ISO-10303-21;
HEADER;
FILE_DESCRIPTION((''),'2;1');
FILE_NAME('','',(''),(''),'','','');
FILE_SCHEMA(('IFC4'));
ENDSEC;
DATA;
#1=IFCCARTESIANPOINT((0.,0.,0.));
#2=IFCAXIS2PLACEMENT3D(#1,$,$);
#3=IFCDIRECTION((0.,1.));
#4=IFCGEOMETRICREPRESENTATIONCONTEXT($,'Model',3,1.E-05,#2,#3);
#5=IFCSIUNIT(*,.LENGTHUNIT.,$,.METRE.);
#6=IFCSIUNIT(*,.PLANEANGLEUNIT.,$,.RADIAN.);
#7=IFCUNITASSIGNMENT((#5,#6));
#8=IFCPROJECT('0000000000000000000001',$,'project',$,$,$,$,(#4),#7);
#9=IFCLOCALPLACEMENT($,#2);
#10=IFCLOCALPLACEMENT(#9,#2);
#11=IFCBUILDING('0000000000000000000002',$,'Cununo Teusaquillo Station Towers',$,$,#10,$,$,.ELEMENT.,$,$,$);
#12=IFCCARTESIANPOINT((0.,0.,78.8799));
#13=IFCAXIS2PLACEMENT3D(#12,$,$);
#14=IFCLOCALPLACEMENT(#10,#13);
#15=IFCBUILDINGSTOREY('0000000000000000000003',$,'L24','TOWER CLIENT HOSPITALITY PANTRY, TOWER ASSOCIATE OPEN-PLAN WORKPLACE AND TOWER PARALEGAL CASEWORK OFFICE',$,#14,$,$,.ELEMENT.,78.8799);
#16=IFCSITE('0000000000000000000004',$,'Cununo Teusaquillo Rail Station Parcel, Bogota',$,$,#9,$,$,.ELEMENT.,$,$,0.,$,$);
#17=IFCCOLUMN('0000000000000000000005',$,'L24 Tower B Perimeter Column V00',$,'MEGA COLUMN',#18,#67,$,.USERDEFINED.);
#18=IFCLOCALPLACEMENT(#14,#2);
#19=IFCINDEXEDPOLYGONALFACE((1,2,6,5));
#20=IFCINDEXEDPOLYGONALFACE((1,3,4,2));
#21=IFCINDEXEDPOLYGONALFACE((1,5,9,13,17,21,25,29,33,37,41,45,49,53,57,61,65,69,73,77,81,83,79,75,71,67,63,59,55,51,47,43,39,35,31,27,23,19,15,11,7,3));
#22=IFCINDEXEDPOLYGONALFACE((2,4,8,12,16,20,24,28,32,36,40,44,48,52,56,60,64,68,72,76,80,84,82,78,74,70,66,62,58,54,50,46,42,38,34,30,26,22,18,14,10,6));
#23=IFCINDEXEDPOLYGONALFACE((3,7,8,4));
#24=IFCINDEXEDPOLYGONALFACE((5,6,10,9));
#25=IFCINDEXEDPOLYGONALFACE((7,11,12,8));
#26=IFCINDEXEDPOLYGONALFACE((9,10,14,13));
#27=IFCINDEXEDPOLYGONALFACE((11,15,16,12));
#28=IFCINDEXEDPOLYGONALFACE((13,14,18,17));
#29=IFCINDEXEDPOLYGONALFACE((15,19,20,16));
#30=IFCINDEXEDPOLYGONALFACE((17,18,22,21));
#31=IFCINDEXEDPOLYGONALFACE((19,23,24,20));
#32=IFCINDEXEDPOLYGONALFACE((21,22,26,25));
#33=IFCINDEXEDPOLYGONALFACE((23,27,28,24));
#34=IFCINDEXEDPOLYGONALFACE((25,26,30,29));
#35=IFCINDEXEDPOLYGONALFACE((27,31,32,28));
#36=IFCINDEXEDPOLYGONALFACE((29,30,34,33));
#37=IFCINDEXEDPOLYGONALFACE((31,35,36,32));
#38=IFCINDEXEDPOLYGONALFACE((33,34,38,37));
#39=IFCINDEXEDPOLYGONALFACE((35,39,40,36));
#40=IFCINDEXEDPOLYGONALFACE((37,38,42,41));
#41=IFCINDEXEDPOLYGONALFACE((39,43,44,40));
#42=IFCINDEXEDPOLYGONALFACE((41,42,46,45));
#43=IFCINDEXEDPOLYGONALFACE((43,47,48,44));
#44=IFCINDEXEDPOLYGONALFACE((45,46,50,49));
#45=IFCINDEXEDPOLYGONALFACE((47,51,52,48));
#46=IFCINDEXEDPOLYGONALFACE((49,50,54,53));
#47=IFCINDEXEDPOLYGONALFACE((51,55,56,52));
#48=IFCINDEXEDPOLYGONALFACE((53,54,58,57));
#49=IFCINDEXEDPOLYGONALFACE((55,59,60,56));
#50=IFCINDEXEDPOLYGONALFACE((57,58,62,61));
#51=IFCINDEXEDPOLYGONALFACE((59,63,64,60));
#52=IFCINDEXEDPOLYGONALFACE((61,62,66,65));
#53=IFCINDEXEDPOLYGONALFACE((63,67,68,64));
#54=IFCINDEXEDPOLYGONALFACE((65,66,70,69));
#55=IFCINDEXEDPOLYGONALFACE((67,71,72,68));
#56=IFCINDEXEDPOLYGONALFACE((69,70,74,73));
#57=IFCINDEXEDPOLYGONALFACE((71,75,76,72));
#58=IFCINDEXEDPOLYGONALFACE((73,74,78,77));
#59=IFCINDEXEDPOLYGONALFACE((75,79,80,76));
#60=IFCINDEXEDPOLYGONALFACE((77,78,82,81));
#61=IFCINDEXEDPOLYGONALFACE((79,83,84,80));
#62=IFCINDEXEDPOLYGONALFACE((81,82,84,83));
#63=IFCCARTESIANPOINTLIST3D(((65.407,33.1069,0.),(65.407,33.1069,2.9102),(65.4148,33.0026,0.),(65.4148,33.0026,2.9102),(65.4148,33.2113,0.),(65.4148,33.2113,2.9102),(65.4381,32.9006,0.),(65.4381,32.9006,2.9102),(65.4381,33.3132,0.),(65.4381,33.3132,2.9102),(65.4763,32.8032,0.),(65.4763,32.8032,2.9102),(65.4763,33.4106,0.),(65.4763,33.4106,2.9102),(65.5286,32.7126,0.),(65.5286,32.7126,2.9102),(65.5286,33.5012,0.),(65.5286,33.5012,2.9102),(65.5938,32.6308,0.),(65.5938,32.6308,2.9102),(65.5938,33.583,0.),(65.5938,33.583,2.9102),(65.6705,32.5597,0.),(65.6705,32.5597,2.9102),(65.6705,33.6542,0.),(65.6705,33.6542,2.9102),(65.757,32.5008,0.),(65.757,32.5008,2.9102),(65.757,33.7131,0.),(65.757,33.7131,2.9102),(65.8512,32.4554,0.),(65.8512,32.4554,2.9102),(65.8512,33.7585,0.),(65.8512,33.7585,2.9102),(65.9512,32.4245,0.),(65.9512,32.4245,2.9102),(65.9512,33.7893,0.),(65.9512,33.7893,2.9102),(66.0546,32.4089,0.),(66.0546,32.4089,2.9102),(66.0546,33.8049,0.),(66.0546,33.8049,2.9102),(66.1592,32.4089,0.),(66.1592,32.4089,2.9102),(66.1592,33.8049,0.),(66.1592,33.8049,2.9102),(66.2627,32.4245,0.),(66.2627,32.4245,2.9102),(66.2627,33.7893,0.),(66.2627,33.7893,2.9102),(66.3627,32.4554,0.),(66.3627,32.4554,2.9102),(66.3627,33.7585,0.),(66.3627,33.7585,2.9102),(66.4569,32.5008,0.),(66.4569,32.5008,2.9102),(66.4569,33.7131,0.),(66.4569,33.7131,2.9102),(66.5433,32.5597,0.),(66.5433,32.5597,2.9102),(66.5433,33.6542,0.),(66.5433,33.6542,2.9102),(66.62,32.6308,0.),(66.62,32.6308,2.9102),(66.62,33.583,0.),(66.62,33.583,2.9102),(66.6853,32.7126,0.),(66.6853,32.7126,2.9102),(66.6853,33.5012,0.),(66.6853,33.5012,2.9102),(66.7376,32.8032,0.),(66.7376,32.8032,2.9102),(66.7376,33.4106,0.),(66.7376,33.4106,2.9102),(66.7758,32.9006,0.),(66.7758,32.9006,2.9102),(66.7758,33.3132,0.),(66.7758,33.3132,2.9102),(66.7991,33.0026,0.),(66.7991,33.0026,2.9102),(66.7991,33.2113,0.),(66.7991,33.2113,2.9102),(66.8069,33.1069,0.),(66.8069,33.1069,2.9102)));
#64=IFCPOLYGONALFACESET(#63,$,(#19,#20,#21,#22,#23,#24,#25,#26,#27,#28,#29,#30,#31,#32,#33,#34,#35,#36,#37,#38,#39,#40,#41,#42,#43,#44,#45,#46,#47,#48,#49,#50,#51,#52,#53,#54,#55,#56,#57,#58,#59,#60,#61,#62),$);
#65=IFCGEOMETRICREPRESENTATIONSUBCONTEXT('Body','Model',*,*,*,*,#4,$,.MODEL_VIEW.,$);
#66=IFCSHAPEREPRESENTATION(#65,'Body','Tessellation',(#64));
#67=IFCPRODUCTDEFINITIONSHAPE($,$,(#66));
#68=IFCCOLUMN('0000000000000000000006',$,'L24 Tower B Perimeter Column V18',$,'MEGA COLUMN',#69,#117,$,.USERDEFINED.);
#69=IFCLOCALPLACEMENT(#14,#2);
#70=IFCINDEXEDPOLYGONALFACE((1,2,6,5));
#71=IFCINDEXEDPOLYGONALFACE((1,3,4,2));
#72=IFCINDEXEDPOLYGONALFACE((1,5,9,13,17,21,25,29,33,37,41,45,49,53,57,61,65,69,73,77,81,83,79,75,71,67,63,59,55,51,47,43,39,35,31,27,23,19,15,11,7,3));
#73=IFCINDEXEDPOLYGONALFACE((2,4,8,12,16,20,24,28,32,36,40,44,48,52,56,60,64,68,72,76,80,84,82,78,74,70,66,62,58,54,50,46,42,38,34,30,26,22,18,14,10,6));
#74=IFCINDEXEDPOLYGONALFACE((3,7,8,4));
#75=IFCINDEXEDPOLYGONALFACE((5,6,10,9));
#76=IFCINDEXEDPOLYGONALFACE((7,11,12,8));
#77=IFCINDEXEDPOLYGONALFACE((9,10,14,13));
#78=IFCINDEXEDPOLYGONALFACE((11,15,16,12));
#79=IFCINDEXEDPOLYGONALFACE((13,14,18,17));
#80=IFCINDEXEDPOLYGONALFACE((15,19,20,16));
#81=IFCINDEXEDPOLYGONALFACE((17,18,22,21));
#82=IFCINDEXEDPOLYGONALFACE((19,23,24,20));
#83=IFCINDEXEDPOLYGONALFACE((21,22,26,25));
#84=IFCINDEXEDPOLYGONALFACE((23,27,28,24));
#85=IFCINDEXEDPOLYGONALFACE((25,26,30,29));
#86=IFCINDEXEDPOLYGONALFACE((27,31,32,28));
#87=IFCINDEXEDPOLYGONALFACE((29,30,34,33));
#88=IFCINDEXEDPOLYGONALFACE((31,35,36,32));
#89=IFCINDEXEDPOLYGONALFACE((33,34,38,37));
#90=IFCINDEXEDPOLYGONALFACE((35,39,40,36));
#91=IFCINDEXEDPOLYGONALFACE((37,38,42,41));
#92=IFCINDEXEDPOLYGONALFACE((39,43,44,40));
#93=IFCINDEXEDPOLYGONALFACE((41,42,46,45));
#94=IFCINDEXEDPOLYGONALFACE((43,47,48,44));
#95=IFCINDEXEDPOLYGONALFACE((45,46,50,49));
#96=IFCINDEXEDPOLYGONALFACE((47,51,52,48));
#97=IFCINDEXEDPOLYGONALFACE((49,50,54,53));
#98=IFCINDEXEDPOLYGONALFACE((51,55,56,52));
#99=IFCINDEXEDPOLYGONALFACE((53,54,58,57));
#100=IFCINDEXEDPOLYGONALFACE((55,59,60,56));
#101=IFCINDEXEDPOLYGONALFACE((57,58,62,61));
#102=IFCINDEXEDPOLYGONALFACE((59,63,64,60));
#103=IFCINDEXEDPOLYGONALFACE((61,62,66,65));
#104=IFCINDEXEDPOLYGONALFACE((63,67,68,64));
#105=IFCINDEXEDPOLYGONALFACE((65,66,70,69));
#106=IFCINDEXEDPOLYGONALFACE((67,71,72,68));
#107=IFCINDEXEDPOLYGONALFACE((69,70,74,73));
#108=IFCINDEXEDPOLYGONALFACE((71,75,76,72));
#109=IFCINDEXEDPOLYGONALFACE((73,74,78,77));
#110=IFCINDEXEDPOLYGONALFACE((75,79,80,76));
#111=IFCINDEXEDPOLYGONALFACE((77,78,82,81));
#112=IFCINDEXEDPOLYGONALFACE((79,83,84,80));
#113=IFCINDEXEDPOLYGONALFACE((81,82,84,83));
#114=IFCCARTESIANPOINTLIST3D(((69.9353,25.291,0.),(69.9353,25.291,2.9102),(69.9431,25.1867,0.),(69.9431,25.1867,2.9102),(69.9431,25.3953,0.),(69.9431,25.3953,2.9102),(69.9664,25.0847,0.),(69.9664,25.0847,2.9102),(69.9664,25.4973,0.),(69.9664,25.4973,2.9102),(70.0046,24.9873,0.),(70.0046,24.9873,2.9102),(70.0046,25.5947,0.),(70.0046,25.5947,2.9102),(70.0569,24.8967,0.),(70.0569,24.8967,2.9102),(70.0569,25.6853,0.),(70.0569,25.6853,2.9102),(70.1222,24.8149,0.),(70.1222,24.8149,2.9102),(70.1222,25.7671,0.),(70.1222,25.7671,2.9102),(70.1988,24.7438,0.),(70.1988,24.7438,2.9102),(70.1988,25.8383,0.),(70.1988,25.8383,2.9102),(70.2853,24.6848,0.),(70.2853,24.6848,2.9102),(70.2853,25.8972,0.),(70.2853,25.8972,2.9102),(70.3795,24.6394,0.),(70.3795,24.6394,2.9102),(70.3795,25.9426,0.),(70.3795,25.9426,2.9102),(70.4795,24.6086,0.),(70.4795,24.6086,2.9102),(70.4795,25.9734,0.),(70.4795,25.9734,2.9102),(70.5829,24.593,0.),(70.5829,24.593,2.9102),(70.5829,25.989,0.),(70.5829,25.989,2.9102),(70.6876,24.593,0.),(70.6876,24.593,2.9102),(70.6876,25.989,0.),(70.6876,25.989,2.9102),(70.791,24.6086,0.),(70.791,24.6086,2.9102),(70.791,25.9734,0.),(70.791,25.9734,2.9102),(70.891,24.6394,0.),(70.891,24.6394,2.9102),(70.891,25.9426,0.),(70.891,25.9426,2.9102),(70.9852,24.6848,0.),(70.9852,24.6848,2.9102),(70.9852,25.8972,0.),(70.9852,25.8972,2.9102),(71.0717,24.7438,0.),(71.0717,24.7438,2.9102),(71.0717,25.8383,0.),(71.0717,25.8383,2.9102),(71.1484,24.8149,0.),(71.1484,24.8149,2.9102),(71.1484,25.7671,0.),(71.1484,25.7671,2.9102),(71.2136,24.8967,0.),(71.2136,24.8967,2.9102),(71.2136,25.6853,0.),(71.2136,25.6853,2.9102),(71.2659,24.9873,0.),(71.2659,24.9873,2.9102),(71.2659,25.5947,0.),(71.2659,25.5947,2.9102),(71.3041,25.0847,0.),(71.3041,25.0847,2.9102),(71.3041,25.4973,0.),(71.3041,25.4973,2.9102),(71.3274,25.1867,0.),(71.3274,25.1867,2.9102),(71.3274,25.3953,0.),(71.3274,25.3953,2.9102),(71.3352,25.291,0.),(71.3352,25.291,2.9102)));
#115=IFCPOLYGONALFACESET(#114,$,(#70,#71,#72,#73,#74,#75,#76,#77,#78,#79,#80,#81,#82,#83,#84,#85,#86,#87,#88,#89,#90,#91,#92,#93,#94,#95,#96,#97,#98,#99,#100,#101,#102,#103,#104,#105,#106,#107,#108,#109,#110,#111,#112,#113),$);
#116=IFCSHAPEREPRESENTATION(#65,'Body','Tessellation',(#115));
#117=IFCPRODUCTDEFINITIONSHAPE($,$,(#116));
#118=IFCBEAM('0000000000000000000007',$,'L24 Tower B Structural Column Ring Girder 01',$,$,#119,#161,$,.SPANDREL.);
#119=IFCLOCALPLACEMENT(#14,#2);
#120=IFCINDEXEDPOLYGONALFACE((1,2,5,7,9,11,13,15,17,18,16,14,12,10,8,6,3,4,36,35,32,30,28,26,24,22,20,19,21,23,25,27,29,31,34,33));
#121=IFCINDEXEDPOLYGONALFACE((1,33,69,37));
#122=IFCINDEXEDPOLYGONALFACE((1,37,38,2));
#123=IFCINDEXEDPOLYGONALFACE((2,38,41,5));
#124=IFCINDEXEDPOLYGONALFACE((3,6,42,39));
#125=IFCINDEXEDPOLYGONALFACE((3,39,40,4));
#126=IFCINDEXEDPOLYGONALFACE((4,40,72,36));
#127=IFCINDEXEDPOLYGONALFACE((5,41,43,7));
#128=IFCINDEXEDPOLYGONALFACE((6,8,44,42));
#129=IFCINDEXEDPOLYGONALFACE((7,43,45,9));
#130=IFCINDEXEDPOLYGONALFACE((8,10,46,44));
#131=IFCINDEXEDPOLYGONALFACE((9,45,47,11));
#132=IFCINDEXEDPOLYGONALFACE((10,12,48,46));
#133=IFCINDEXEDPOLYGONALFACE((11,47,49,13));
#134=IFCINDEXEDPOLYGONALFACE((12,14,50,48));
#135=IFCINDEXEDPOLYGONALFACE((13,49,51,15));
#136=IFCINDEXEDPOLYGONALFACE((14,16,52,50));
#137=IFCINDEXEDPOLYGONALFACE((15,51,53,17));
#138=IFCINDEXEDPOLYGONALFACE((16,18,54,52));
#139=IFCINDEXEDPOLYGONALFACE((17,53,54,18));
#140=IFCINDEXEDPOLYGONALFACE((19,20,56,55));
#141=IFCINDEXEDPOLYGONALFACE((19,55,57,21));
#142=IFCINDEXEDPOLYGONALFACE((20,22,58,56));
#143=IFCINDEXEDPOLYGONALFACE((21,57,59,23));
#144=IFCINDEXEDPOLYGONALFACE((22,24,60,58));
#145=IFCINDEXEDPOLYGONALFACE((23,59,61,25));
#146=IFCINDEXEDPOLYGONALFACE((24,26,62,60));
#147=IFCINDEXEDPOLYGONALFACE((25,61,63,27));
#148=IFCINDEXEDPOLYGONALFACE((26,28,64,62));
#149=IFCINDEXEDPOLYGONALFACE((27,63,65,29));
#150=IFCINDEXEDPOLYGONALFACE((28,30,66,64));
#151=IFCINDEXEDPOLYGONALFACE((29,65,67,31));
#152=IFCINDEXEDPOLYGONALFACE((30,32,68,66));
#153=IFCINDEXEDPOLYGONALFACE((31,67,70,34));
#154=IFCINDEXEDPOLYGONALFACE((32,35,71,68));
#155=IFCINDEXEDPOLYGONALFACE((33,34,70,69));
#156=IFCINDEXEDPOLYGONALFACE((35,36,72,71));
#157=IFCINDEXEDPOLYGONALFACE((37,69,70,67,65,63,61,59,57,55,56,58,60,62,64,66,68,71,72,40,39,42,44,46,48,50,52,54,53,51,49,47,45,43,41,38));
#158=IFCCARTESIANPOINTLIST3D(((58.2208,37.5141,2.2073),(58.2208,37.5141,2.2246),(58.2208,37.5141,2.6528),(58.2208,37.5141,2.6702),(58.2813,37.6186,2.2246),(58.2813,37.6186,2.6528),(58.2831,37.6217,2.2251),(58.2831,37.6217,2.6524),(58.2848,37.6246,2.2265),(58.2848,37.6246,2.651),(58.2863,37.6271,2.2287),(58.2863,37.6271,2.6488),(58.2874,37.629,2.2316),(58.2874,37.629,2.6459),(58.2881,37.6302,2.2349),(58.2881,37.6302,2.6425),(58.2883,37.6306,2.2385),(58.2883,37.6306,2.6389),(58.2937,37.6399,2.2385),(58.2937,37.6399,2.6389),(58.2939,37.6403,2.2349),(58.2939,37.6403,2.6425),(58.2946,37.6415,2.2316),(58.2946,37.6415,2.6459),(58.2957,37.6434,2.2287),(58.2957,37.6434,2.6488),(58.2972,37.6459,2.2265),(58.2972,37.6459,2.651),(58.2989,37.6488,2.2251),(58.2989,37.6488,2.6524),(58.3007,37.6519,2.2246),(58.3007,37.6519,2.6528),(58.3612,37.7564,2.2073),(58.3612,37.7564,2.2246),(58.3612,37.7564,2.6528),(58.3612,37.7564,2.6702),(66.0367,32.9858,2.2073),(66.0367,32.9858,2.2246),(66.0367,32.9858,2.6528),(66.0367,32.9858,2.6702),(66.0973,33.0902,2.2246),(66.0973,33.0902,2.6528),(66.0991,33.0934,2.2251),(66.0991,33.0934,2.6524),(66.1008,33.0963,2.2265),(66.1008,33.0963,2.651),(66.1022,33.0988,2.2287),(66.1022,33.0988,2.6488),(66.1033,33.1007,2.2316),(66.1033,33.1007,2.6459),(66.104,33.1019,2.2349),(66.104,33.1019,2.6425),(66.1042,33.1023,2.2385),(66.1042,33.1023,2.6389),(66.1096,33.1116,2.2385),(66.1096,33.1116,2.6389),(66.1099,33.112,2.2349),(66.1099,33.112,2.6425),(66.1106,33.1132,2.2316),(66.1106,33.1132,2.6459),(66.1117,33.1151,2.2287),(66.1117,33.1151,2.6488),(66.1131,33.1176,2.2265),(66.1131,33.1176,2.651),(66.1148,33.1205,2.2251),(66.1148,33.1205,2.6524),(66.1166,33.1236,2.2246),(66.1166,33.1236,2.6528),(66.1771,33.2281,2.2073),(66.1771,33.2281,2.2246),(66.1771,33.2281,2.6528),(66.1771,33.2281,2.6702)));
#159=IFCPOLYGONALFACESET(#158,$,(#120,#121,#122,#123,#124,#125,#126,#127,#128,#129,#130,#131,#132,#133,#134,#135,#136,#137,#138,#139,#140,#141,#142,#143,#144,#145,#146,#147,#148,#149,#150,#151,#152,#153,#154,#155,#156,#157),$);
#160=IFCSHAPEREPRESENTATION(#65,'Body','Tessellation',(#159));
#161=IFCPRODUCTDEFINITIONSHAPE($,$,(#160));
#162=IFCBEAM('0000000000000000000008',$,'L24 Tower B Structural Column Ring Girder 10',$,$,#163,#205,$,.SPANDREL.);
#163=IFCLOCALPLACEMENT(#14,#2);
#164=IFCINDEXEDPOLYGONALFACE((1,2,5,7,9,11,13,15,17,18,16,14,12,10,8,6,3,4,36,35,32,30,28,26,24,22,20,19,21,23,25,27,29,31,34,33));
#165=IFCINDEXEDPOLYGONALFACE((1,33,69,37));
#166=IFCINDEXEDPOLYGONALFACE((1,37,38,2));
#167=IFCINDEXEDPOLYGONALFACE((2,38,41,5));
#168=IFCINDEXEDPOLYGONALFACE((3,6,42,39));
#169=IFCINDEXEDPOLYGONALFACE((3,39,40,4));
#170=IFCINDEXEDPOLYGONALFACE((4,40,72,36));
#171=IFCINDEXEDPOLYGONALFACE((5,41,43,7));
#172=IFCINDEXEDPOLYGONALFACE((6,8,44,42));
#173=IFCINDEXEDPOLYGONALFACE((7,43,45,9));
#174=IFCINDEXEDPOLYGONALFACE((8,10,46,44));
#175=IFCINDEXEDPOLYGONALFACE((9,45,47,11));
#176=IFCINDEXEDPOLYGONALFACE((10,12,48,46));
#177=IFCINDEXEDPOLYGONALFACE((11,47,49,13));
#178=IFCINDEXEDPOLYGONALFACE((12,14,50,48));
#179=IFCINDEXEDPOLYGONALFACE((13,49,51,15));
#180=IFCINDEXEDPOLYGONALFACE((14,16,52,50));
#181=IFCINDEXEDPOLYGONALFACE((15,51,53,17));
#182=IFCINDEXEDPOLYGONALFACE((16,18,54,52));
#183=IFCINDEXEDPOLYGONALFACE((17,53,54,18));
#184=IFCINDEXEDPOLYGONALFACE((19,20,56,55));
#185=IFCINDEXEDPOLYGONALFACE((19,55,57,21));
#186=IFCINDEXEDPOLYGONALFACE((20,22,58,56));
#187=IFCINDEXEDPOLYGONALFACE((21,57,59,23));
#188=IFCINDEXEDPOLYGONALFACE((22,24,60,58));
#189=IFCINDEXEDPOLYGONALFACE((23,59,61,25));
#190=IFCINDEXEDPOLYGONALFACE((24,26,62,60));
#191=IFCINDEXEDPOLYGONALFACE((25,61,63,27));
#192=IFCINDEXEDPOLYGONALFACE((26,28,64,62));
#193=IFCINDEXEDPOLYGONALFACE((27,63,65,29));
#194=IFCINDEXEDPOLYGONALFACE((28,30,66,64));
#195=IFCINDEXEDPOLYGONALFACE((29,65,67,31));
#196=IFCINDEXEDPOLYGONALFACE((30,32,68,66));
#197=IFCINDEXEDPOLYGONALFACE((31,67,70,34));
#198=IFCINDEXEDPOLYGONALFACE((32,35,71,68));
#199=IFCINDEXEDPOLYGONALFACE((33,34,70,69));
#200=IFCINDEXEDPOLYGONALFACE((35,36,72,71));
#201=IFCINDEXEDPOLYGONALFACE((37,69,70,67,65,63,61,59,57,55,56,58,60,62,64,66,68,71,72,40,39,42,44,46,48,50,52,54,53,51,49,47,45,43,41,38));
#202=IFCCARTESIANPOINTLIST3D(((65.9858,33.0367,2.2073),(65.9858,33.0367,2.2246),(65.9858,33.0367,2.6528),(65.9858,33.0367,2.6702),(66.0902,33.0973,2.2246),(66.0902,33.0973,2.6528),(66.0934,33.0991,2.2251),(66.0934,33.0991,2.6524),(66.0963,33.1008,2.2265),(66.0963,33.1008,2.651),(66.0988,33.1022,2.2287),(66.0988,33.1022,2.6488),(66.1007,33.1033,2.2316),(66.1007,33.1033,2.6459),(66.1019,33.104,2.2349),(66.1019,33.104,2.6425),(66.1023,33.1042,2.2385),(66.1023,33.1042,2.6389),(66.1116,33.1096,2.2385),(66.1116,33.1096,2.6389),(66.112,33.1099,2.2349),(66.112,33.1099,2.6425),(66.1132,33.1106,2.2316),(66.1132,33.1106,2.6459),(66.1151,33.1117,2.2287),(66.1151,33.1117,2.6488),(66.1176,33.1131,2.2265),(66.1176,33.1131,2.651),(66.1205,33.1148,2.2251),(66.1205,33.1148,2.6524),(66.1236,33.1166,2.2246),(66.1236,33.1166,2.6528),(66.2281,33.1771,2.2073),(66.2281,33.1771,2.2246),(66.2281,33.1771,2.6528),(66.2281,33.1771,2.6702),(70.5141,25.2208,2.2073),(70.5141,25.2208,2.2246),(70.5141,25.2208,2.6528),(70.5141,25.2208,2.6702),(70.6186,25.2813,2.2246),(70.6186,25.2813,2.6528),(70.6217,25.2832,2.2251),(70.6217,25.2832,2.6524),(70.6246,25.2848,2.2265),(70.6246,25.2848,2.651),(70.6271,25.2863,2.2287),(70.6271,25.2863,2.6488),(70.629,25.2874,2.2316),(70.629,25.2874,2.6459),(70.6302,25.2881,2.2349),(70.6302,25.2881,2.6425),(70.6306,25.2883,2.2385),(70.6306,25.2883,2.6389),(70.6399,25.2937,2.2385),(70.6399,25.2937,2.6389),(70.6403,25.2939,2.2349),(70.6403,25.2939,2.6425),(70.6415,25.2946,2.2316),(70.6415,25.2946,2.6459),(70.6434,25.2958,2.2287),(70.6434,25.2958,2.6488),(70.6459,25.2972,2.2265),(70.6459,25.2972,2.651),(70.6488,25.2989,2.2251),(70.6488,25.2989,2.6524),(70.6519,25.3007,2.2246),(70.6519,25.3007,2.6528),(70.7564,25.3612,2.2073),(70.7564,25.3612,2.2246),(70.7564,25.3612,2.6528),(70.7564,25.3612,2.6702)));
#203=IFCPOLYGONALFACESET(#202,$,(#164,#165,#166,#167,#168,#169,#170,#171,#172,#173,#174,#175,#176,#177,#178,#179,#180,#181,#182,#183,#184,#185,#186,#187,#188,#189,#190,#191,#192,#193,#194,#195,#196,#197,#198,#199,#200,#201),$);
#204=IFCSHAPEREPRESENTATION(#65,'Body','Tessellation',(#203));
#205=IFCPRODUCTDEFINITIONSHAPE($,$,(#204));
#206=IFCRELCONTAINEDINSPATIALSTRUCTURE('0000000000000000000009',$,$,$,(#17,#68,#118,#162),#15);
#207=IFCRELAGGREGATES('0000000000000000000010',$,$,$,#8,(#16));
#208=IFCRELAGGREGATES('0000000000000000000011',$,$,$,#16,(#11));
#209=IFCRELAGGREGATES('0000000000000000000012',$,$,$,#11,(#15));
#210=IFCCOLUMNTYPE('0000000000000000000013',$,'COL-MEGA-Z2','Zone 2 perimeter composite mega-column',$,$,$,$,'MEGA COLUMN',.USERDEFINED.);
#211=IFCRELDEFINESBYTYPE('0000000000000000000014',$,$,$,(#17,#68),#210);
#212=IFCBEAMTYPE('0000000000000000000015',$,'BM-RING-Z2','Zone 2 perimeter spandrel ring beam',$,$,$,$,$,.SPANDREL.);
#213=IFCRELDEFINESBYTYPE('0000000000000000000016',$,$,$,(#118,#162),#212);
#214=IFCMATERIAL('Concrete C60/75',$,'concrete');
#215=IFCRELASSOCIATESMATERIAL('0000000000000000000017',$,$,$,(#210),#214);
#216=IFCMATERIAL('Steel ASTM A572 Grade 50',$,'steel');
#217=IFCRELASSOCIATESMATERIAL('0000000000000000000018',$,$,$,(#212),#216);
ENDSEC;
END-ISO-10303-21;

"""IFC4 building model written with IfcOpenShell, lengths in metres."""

from ifc_helpers import new_model, si_unit, direction, frame, origin, origin_2d, place, context, subcontext, project, spatial, circle, i_section, extrude, material, material_profile, profile_set, type_object, element, save


model = new_model("IFC4")

# Units and contexts
model_context = context("Model", 3, precision=1e-05, world=origin(), true_north=direction((0.0, 1.0)))
body_context = subcontext(model_context, "Body", "Model", "MODEL_VIEW")
ifc_project = project(units=[si_unit("LENGTHUNIT", "METRE"), si_unit("PLANEANGLEUNIT", "RADIAN")], contexts=[model_context])

# Site, building, storey
site_placement = place(None, origin())
site = spatial("IfcSite", under=ifc_project, at=site_placement, Name="Cununo Teusaquillo Rail Station Parcel, Bogota", CompositionType="ELEMENT", RefElevation=0.0)
building_placement = place(site_placement, origin())
building = spatial("IfcBuilding", under=site, at=building_placement, Name="Cununo Teusaquillo Station Towers", CompositionType="ELEMENT")
storey_placement = place(building_placement, frame((0.0, 0.0, 78.8799)))
storey = spatial("IfcBuildingStorey", under=building, at=storey_placement, Name="L24", Description="TOWER CLIENT HOSPITALITY PANTRY, TOWER ASSOCIATE OPEN-PLAN WORKPLACE AND TOWER PARALEGAL CASEWORK OFFICE", CompositionType="ELEMENT", Elevation=78.8799)

# Columns
ifc_material_1 = material(Name="Concrete C60/75", Category="concrete")
ifc_material_profile_1 = material_profile(ifc_material_1, circle(Radius=0.7, at=origin_2d()), Name="RC-CIRC-1400")
ifc_profile_set_1 = profile_set([ifc_material_profile_1], Name="Concrete C60/75")
column_type = type_object("IfcColumnType", Name="COL-MEGA-Z2", Description="Zone 2 perimeter composite mega-column", ElementType="MEGA COLUMN", PredefinedType="USERDEFINED", material=ifc_profile_set_1)
for number, where, z_axis, x_axis, name in (
    (1, (66.1069, 33.1069, 0.0), (0.0, 0.0, 1.0), (1.0, 0.0, 0.0), "L24 Tower B Perimeter Column V00"),
    (2, (70.6353, 25.291, 0.0), (0.0, 0.0, 1.0), (1.0, 0.0, 0.0), "L24 Tower B Perimeter Column V18"),
):
    element("IfcColumn", number, at=place(storey_placement, frame(where, z_axis=z_axis, x_axis=x_axis)), inside=storey, type_object=column_type, Name=name, ObjectType="MEGA COLUMN", PredefinedType="USERDEFINED", context=body_context, shape_type="SweptSolid", body=[
        extrude(circle(Radius=0.7, at=origin_2d()), origin(), (0.0, 0.0, 1.0), 2.9102),
    ])

# Beams
ifc_material_2 = material(Name="Steel ASTM A572 Grade 50", Category="steel")
ifc_material_profile_2 = material_profile(ifc_material_2, i_section(OverallWidth=0.28, OverallDepth=0.4629, WebThickness=0.0107, FlangeThickness=0.0173, FilletRadius=0.0139, at=origin_2d()), Name="W18X76")
ifc_profile_set_2 = profile_set([ifc_material_profile_2], Name="Steel ASTM A572 Grade 50")
beam_type = type_object("IfcBeamType", Name="BM-RING-Z2", Description="Zone 2 perimeter spandrel ring beam", PredefinedType="SPANDREL", material=ifc_profile_set_2)
for number, where, z_axis, x_axis, name in (
    (3, (66.1069, 33.1069, 2.4387), (-0.865267, 0.501311, 0.0), (-0.501311, -0.865267, 0.0), "L24 Tower B Structural Column Ring Girder 01"),
    (4, (70.6353, 25.291, 2.4387), (-0.501311, 0.865267, 0.0), (-0.865267, -0.501311, 0.0), "L24 Tower B Structural Column Ring Girder 10"),
):
    element("IfcBeam", number, at=place(storey_placement, frame(where, z_axis=z_axis, x_axis=x_axis)), inside=storey, type_object=beam_type, Name=name, PredefinedType="SPANDREL", context=body_context, shape_type="SweptSolid", body=[
        extrude(i_section(OverallWidth=0.28, OverallDepth=0.4629, WebThickness=0.0107, FlangeThickness=0.0173, FilletRadius=0.0139, at=origin_2d()), origin(), (0.0, 0.0, 1.0), 9.033),
    ])

save(model, "model.ifc")
